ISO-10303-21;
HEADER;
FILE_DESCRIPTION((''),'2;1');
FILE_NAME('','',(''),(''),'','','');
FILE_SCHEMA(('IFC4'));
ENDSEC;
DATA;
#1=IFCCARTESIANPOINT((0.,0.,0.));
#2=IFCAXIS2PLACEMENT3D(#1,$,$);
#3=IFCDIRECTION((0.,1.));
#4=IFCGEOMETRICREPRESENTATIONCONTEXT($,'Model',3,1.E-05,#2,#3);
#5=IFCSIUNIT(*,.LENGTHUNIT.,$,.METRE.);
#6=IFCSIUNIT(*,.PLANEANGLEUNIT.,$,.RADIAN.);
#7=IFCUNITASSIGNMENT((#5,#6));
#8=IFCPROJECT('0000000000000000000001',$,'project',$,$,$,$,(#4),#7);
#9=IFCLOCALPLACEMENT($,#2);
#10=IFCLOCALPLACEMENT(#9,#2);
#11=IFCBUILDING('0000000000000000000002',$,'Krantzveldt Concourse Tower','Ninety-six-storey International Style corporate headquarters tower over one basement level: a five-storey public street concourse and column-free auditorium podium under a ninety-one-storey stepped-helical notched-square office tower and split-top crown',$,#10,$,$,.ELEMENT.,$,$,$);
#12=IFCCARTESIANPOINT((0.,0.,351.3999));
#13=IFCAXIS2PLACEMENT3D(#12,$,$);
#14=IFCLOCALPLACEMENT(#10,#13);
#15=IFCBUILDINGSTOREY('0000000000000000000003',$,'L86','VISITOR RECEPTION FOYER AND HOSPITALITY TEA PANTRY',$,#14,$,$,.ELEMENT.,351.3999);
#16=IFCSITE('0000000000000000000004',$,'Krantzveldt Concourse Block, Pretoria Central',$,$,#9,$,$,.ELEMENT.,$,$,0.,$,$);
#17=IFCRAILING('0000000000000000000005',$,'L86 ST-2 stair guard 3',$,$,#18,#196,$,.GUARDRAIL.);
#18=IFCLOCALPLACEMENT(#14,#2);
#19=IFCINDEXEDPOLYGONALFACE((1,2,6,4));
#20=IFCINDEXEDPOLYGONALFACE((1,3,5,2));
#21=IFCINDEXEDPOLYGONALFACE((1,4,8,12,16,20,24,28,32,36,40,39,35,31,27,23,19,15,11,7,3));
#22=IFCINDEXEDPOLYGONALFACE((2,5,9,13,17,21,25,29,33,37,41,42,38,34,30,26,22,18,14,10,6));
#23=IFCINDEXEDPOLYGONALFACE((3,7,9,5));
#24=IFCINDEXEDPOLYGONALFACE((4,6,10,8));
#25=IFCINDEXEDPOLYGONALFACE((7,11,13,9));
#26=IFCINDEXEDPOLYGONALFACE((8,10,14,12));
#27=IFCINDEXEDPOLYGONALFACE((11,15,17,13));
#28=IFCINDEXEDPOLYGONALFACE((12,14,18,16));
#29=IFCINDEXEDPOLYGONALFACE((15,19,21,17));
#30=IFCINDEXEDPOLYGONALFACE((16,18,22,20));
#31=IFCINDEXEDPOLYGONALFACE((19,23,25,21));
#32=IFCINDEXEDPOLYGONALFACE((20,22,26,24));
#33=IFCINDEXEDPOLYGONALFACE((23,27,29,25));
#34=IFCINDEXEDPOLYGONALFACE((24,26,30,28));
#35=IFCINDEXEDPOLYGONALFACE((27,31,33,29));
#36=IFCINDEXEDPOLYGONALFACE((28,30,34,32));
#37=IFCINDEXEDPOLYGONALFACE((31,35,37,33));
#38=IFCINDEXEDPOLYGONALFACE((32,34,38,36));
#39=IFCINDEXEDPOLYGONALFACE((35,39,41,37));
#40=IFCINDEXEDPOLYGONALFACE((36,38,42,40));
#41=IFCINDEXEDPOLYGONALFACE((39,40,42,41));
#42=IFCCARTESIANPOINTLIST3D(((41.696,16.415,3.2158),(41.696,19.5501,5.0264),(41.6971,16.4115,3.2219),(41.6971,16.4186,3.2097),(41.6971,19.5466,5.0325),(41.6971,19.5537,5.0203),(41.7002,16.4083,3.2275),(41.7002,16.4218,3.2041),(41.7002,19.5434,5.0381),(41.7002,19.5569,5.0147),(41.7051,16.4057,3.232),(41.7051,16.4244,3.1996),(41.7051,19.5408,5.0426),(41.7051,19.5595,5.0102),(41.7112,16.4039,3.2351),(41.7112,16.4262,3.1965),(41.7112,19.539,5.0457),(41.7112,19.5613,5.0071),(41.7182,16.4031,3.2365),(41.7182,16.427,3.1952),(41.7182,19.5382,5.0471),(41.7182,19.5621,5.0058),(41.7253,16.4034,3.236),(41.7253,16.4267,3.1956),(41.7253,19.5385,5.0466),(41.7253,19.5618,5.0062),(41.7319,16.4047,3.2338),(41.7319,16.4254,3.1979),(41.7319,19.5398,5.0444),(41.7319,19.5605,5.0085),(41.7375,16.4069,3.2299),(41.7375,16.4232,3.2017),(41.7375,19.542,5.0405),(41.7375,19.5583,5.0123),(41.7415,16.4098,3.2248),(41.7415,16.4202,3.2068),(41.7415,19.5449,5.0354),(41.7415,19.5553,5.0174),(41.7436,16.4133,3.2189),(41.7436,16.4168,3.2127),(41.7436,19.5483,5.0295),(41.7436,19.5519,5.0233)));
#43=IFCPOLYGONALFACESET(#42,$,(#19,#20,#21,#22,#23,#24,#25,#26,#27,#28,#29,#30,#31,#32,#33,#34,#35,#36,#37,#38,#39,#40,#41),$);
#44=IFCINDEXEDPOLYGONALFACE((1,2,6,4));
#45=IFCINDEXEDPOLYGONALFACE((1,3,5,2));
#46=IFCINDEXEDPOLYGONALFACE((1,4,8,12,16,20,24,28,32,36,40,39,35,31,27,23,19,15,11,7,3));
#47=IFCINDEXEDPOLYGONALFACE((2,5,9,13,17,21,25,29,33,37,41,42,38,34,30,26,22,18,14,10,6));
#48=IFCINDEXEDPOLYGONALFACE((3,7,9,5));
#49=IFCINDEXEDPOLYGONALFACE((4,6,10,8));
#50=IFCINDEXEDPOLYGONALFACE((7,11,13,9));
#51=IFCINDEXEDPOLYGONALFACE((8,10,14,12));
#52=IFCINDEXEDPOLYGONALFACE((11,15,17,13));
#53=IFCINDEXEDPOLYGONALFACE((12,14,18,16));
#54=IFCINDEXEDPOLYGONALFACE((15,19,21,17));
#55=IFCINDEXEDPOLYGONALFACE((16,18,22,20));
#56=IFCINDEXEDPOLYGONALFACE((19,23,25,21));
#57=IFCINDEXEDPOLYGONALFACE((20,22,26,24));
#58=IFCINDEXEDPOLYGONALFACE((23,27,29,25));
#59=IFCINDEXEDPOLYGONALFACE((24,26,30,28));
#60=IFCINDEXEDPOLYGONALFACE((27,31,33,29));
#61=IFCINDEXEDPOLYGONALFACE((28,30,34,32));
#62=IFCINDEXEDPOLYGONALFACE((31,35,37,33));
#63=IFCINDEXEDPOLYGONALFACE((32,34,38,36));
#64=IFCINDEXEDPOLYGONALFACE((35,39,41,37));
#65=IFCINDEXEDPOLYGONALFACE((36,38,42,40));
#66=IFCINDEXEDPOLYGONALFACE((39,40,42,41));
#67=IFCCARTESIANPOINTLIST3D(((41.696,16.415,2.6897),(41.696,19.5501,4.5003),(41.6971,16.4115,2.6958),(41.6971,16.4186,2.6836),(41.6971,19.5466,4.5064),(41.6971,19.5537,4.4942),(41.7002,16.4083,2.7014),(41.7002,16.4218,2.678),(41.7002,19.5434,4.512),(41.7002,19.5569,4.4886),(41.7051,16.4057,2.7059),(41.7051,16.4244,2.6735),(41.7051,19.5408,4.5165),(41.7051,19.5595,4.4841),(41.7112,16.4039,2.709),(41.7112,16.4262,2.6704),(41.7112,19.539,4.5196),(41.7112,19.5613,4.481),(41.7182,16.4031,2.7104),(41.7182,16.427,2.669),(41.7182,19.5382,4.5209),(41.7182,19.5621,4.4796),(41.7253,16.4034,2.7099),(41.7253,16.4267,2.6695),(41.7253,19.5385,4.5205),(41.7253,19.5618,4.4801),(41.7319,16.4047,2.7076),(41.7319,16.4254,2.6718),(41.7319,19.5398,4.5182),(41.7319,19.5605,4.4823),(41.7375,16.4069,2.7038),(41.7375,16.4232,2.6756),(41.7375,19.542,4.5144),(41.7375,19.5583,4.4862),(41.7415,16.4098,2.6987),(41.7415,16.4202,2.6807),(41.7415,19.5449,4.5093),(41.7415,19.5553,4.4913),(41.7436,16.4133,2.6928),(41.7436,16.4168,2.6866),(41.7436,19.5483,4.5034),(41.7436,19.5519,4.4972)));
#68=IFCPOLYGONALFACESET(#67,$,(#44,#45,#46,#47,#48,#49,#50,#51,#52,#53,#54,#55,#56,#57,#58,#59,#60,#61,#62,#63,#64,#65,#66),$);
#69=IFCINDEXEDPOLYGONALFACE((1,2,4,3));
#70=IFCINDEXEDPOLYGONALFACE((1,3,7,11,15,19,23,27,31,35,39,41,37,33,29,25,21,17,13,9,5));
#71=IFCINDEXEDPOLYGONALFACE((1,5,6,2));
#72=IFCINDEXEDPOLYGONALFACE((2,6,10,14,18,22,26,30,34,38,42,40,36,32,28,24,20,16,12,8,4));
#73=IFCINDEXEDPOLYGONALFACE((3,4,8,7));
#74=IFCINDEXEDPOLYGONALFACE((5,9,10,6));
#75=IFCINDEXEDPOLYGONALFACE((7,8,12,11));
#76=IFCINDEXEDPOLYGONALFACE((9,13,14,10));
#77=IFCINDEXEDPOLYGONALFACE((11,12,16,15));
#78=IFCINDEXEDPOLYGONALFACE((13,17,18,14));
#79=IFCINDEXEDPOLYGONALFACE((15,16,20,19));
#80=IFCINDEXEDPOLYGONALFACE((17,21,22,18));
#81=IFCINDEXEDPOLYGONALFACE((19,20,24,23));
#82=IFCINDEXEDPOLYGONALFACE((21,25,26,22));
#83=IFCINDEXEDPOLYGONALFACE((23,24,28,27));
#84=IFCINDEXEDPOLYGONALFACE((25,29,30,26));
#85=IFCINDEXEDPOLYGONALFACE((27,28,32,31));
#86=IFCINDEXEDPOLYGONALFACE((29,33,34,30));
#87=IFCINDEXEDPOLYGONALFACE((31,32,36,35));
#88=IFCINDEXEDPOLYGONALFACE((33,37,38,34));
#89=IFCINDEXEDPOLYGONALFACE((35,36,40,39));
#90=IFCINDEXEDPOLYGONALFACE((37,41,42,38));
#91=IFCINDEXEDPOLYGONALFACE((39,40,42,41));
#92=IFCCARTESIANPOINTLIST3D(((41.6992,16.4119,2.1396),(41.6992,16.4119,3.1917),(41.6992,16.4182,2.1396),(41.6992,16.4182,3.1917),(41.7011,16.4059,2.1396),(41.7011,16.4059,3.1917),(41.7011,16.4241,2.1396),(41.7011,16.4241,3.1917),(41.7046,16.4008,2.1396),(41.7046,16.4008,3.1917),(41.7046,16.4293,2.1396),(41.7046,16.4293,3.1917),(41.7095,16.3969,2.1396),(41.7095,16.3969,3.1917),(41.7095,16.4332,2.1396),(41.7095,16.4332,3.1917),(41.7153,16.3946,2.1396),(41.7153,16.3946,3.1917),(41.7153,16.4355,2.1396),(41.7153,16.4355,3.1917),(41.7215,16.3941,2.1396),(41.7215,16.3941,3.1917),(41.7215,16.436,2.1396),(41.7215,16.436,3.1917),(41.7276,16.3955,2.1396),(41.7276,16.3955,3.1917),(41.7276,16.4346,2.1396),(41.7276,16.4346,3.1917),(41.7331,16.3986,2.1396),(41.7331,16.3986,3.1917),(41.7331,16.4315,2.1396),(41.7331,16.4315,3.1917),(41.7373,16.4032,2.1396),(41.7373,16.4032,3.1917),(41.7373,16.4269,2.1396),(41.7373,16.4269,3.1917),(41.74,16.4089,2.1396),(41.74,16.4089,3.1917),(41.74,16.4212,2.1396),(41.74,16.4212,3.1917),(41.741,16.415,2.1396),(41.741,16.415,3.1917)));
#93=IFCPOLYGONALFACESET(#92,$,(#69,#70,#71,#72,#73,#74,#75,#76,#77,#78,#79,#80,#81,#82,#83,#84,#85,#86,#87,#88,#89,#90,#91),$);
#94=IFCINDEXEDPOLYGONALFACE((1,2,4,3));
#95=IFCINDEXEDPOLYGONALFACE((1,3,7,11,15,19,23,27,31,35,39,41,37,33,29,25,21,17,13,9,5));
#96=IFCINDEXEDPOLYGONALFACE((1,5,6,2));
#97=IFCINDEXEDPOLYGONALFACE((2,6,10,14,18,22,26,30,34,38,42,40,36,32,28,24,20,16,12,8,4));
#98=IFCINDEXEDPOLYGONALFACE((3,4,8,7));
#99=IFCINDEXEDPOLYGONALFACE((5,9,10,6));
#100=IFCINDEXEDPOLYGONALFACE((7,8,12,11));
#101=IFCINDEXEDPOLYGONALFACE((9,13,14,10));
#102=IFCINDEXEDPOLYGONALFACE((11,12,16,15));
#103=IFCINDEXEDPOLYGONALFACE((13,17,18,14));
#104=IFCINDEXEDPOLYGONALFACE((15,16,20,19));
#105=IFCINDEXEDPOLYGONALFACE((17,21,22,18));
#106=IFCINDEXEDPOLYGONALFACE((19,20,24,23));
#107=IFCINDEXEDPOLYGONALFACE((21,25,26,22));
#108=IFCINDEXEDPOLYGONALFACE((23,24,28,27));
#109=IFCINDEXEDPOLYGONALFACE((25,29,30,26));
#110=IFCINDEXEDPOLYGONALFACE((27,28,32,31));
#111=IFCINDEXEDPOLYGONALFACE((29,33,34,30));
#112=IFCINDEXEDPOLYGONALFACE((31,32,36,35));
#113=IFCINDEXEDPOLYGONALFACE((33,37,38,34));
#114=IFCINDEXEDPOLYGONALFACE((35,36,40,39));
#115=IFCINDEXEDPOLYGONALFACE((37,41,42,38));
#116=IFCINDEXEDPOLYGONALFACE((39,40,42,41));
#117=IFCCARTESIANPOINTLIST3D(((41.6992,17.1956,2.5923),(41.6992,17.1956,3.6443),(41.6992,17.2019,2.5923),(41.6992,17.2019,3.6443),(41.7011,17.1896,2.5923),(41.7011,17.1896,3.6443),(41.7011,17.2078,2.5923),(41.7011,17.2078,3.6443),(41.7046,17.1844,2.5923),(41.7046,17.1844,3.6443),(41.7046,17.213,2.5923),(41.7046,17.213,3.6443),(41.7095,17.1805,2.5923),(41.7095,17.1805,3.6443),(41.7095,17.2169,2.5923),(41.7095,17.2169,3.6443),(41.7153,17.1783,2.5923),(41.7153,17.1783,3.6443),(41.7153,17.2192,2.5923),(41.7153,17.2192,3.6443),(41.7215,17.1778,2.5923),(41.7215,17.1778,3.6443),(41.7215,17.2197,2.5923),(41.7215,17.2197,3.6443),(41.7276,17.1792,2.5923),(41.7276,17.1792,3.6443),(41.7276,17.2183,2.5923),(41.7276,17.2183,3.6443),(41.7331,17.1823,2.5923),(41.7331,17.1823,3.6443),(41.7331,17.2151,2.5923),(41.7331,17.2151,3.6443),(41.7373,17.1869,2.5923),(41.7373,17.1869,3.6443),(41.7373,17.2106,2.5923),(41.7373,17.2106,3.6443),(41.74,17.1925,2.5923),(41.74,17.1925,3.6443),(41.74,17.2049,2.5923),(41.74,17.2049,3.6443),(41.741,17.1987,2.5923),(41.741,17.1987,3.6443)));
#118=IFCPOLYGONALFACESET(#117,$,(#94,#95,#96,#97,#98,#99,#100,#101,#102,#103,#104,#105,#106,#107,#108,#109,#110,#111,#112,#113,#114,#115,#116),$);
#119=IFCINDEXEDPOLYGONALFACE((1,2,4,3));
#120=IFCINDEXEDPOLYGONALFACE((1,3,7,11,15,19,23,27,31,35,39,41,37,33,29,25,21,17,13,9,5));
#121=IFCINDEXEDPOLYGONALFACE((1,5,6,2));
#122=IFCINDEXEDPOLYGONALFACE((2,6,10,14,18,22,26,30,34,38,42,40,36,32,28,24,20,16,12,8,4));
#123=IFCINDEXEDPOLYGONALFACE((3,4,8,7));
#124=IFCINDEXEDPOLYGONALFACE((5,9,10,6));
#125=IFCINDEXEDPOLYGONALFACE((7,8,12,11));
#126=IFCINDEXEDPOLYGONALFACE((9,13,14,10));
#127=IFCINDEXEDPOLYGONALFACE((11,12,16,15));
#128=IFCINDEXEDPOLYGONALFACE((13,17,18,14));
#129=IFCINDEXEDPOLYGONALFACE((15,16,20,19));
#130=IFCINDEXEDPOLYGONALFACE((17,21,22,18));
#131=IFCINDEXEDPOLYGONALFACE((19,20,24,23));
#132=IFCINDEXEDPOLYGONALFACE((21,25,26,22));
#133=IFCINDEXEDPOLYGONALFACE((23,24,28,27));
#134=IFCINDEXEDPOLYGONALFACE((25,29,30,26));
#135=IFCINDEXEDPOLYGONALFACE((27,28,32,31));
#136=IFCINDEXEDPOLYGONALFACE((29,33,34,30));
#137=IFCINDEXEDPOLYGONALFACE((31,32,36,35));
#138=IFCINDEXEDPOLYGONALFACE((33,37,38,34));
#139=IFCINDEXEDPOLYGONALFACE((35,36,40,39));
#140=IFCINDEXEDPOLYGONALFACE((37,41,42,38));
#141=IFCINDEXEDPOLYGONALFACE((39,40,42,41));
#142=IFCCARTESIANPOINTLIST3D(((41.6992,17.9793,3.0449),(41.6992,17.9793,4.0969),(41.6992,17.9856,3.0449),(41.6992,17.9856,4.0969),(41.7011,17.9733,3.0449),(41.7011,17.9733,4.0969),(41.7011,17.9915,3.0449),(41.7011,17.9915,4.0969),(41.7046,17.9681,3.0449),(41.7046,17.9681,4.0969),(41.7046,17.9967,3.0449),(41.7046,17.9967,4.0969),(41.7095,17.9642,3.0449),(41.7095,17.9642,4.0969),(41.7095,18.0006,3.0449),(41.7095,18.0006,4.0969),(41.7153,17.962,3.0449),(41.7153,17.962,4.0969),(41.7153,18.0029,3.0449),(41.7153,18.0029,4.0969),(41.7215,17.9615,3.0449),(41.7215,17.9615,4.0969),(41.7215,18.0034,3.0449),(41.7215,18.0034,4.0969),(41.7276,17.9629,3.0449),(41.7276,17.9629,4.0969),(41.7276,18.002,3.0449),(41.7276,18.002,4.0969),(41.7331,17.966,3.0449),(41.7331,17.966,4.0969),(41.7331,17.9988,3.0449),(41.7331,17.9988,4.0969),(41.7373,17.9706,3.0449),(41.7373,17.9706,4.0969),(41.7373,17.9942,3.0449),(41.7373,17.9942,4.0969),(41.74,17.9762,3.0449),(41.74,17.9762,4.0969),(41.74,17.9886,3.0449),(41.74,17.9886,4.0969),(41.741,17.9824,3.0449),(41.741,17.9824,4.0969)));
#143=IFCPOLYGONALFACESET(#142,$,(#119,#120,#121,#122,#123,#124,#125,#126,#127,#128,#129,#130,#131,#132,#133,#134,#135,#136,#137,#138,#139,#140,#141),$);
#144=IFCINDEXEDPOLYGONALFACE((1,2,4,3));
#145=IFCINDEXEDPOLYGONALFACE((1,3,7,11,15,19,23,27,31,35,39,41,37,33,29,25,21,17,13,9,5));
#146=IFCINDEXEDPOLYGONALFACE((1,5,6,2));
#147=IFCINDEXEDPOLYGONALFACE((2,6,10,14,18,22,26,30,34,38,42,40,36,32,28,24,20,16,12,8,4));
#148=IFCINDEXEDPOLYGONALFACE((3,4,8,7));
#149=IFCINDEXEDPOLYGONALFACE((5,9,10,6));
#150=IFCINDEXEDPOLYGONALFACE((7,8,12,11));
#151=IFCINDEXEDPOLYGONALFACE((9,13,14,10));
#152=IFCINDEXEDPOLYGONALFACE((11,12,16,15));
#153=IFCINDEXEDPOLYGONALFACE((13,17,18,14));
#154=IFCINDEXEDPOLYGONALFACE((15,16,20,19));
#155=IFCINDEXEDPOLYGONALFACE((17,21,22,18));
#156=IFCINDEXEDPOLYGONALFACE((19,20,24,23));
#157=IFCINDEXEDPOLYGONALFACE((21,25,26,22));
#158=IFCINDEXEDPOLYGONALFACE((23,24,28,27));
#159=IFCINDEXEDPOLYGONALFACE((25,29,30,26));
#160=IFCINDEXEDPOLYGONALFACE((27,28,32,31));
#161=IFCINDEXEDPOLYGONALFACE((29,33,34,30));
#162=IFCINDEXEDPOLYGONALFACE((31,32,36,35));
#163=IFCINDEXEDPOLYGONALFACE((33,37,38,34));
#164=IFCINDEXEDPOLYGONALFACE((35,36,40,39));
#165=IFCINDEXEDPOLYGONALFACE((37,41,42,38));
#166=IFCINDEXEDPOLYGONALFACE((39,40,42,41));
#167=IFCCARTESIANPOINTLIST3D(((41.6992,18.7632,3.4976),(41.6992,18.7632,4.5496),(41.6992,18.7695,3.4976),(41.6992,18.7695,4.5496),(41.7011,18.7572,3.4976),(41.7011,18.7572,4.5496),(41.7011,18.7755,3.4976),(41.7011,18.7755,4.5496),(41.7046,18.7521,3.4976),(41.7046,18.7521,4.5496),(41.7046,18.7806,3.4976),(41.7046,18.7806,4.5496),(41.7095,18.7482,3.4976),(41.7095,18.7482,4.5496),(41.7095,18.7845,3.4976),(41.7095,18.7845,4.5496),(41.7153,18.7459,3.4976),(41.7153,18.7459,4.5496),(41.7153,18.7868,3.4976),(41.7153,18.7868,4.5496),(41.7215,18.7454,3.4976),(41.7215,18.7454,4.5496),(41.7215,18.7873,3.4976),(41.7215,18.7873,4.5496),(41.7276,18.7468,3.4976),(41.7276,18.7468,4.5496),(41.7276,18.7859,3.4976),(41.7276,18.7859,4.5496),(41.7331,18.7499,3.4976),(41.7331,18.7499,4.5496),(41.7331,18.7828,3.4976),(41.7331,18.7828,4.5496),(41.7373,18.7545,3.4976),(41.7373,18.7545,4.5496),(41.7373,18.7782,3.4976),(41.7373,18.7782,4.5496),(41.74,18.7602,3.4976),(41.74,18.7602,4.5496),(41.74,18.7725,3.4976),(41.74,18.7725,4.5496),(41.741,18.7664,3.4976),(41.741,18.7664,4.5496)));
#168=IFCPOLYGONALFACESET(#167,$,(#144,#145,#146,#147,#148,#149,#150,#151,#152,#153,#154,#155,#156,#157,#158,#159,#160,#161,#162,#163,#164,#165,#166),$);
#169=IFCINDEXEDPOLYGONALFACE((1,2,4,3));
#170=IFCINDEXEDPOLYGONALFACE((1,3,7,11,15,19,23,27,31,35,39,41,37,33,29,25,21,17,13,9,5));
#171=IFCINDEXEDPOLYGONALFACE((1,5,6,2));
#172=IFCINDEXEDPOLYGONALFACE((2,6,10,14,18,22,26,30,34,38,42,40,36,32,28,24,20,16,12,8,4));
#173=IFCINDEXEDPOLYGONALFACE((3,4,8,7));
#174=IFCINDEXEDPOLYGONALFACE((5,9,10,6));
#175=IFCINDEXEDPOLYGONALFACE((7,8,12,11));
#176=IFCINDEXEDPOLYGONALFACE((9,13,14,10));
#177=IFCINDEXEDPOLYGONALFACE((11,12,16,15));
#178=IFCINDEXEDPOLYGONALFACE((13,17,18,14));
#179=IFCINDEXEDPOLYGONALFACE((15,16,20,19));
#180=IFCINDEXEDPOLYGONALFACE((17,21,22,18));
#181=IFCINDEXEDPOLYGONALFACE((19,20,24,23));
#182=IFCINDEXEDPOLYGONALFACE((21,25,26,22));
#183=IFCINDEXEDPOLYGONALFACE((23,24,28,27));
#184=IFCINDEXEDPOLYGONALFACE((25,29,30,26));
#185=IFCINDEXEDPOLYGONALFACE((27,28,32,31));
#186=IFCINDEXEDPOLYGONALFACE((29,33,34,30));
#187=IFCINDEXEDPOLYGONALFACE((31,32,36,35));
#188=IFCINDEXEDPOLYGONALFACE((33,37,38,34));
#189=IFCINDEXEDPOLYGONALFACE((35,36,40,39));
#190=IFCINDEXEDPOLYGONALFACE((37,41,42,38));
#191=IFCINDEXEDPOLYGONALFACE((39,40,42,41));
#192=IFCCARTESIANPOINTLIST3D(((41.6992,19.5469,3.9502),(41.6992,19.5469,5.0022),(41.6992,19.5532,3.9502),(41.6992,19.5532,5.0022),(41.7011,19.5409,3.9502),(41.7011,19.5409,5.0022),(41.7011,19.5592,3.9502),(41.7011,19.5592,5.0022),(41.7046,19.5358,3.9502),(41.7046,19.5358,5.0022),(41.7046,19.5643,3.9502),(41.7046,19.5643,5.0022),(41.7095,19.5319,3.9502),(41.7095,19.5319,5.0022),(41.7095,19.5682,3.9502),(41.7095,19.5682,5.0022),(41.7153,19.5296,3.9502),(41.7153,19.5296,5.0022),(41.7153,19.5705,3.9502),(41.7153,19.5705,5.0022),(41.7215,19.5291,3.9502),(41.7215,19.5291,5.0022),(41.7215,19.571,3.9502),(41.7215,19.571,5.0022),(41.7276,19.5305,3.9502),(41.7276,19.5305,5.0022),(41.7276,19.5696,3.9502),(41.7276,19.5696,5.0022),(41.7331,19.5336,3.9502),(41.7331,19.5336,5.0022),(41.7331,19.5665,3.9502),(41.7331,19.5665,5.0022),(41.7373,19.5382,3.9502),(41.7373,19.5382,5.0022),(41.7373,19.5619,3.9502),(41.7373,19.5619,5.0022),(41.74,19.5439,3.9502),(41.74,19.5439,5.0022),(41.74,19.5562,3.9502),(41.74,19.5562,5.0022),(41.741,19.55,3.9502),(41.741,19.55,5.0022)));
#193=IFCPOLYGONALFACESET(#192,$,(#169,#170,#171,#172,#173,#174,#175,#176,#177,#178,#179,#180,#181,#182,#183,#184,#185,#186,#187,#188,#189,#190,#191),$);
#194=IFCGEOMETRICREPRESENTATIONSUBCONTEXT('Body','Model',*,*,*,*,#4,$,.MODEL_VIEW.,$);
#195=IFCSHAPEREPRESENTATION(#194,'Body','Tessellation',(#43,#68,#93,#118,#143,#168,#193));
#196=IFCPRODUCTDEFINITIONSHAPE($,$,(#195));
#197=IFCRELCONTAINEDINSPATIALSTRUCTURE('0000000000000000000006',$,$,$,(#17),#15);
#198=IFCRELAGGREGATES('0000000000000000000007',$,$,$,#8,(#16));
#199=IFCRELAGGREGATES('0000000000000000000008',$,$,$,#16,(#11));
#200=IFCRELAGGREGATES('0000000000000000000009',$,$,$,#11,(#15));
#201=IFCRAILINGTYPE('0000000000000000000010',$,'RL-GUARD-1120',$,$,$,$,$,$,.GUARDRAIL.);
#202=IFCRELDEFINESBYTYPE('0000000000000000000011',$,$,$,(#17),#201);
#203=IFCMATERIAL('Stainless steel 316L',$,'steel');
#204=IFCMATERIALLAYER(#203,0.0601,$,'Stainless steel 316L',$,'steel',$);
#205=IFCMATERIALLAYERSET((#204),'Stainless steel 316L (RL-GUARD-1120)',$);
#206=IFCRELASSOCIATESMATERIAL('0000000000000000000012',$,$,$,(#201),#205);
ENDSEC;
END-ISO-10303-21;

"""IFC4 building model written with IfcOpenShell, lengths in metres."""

from ifc_helpers import new_model, si_unit, direction, frame, origin, origin_2d, place, context, subcontext, project, spatial, circle, extrude, material, layer, layer_set, type_object, element, save


model = new_model("IFC4")

# Units and contexts
model_context = context("Model", 3, precision=1e-05, world=origin(), true_north=direction((0.0, 1.0)))
body_context = subcontext(model_context, "Body", "Model", "MODEL_VIEW")
ifc_project = project(units=[si_unit("LENGTHUNIT", "METRE"), si_unit("PLANEANGLEUNIT", "RADIAN")], contexts=[model_context])

# Site, building, storey
site_placement = place(None, origin())
site = spatial("IfcSite", under=ifc_project, at=site_placement, Name="Krantzveldt Concourse Block, Pretoria Central", CompositionType="ELEMENT", RefElevation=0.0)
building_placement = place(site_placement, origin())
building = spatial("IfcBuilding", under=site, at=building_placement, Name="Krantzveldt Concourse Tower", Description="Ninety-six-storey International Style corporate headquarters tower over one basement level: a five-storey public street concourse and column-free auditorium podium under a ninety-one-storey stepped-helical notched-square office tower and split-top crown", CompositionType="ELEMENT")
storey_placement = place(building_placement, frame((0.0, 0.0, 351.3999)))
storey = spatial("IfcBuildingStorey", under=building, at=storey_placement, Name="L86", Description="VISITOR RECEPTION FOYER AND HOSPITALITY TEA PANTRY", CompositionType="ELEMENT", Elevation=351.3999)

# Shared definitions
ifc_material_1 = material(Name="Stainless steel 316L", Category="steel")

# Railing
ifc_layer_1 = layer(ifc_material_1, 0.0601, Name="Stainless steel 316L", Category="steel")
ifc_layer_set_1 = layer_set([ifc_layer_1], Name="Stainless steel 316L (RL-GUARD-1120)")
railing_type_1 = type_object("IfcRailingType", Name="RL-GUARD-1120", PredefinedType="GUARDRAIL", material=ifc_layer_set_1)
railing_1_placement = place(storey_placement, frame((41.72, 16.415, 2.1396)))
element("IfcRailing", 1, at=railing_1_placement, inside=storey, type_object=railing_type_1, Name="L86 ST-2 stair guard 3", PredefinedType="GUARDRAIL", context=body_context, shape_type="SweptSolid", body=[
    extrude(circle(Radius=0.0239, at=origin_2d()), frame((0.0, 0.0, 1.0762), z_axis=(0.0, 0.86596, 0.500114), x_axis=(-1.0, 0.0, 0.0)), (0.0, 0.0, 1.0), 3.6204),
    extrude(circle(Radius=0.0239, at=origin_2d()), frame((0.0, 0.0, 0.55), z_axis=(0.0, 0.86596, 0.500114), x_axis=(-1.0, 0.0, 0.0)), (0.0, 0.0, 1.0), 3.6204),
    extrude(circle(Radius=0.021, at=origin_2d()), origin(), (0.0, 0.0, 1.0), 1.052),
    extrude(circle(Radius=0.021, at=origin_2d()), frame((0.0, 0.7837, 0.4526)), (0.0, 0.0, 1.0), 1.052),
    extrude(circle(Radius=0.021, at=origin_2d()), frame((0.0, 1.5674, 0.9053)), (0.0, 0.0, 1.0), 1.052),
    extrude(circle(Radius=0.021, at=origin_2d()), frame((0.0, 2.3513, 1.3579)), (0.0, 0.0, 1.0), 1.052),
    extrude(circle(Radius=0.021, at=origin_2d()), frame((0.0, 3.135, 1.8105)), (0.0, 0.0, 1.0), 1.052),
])

save(model, "model.ifc")
